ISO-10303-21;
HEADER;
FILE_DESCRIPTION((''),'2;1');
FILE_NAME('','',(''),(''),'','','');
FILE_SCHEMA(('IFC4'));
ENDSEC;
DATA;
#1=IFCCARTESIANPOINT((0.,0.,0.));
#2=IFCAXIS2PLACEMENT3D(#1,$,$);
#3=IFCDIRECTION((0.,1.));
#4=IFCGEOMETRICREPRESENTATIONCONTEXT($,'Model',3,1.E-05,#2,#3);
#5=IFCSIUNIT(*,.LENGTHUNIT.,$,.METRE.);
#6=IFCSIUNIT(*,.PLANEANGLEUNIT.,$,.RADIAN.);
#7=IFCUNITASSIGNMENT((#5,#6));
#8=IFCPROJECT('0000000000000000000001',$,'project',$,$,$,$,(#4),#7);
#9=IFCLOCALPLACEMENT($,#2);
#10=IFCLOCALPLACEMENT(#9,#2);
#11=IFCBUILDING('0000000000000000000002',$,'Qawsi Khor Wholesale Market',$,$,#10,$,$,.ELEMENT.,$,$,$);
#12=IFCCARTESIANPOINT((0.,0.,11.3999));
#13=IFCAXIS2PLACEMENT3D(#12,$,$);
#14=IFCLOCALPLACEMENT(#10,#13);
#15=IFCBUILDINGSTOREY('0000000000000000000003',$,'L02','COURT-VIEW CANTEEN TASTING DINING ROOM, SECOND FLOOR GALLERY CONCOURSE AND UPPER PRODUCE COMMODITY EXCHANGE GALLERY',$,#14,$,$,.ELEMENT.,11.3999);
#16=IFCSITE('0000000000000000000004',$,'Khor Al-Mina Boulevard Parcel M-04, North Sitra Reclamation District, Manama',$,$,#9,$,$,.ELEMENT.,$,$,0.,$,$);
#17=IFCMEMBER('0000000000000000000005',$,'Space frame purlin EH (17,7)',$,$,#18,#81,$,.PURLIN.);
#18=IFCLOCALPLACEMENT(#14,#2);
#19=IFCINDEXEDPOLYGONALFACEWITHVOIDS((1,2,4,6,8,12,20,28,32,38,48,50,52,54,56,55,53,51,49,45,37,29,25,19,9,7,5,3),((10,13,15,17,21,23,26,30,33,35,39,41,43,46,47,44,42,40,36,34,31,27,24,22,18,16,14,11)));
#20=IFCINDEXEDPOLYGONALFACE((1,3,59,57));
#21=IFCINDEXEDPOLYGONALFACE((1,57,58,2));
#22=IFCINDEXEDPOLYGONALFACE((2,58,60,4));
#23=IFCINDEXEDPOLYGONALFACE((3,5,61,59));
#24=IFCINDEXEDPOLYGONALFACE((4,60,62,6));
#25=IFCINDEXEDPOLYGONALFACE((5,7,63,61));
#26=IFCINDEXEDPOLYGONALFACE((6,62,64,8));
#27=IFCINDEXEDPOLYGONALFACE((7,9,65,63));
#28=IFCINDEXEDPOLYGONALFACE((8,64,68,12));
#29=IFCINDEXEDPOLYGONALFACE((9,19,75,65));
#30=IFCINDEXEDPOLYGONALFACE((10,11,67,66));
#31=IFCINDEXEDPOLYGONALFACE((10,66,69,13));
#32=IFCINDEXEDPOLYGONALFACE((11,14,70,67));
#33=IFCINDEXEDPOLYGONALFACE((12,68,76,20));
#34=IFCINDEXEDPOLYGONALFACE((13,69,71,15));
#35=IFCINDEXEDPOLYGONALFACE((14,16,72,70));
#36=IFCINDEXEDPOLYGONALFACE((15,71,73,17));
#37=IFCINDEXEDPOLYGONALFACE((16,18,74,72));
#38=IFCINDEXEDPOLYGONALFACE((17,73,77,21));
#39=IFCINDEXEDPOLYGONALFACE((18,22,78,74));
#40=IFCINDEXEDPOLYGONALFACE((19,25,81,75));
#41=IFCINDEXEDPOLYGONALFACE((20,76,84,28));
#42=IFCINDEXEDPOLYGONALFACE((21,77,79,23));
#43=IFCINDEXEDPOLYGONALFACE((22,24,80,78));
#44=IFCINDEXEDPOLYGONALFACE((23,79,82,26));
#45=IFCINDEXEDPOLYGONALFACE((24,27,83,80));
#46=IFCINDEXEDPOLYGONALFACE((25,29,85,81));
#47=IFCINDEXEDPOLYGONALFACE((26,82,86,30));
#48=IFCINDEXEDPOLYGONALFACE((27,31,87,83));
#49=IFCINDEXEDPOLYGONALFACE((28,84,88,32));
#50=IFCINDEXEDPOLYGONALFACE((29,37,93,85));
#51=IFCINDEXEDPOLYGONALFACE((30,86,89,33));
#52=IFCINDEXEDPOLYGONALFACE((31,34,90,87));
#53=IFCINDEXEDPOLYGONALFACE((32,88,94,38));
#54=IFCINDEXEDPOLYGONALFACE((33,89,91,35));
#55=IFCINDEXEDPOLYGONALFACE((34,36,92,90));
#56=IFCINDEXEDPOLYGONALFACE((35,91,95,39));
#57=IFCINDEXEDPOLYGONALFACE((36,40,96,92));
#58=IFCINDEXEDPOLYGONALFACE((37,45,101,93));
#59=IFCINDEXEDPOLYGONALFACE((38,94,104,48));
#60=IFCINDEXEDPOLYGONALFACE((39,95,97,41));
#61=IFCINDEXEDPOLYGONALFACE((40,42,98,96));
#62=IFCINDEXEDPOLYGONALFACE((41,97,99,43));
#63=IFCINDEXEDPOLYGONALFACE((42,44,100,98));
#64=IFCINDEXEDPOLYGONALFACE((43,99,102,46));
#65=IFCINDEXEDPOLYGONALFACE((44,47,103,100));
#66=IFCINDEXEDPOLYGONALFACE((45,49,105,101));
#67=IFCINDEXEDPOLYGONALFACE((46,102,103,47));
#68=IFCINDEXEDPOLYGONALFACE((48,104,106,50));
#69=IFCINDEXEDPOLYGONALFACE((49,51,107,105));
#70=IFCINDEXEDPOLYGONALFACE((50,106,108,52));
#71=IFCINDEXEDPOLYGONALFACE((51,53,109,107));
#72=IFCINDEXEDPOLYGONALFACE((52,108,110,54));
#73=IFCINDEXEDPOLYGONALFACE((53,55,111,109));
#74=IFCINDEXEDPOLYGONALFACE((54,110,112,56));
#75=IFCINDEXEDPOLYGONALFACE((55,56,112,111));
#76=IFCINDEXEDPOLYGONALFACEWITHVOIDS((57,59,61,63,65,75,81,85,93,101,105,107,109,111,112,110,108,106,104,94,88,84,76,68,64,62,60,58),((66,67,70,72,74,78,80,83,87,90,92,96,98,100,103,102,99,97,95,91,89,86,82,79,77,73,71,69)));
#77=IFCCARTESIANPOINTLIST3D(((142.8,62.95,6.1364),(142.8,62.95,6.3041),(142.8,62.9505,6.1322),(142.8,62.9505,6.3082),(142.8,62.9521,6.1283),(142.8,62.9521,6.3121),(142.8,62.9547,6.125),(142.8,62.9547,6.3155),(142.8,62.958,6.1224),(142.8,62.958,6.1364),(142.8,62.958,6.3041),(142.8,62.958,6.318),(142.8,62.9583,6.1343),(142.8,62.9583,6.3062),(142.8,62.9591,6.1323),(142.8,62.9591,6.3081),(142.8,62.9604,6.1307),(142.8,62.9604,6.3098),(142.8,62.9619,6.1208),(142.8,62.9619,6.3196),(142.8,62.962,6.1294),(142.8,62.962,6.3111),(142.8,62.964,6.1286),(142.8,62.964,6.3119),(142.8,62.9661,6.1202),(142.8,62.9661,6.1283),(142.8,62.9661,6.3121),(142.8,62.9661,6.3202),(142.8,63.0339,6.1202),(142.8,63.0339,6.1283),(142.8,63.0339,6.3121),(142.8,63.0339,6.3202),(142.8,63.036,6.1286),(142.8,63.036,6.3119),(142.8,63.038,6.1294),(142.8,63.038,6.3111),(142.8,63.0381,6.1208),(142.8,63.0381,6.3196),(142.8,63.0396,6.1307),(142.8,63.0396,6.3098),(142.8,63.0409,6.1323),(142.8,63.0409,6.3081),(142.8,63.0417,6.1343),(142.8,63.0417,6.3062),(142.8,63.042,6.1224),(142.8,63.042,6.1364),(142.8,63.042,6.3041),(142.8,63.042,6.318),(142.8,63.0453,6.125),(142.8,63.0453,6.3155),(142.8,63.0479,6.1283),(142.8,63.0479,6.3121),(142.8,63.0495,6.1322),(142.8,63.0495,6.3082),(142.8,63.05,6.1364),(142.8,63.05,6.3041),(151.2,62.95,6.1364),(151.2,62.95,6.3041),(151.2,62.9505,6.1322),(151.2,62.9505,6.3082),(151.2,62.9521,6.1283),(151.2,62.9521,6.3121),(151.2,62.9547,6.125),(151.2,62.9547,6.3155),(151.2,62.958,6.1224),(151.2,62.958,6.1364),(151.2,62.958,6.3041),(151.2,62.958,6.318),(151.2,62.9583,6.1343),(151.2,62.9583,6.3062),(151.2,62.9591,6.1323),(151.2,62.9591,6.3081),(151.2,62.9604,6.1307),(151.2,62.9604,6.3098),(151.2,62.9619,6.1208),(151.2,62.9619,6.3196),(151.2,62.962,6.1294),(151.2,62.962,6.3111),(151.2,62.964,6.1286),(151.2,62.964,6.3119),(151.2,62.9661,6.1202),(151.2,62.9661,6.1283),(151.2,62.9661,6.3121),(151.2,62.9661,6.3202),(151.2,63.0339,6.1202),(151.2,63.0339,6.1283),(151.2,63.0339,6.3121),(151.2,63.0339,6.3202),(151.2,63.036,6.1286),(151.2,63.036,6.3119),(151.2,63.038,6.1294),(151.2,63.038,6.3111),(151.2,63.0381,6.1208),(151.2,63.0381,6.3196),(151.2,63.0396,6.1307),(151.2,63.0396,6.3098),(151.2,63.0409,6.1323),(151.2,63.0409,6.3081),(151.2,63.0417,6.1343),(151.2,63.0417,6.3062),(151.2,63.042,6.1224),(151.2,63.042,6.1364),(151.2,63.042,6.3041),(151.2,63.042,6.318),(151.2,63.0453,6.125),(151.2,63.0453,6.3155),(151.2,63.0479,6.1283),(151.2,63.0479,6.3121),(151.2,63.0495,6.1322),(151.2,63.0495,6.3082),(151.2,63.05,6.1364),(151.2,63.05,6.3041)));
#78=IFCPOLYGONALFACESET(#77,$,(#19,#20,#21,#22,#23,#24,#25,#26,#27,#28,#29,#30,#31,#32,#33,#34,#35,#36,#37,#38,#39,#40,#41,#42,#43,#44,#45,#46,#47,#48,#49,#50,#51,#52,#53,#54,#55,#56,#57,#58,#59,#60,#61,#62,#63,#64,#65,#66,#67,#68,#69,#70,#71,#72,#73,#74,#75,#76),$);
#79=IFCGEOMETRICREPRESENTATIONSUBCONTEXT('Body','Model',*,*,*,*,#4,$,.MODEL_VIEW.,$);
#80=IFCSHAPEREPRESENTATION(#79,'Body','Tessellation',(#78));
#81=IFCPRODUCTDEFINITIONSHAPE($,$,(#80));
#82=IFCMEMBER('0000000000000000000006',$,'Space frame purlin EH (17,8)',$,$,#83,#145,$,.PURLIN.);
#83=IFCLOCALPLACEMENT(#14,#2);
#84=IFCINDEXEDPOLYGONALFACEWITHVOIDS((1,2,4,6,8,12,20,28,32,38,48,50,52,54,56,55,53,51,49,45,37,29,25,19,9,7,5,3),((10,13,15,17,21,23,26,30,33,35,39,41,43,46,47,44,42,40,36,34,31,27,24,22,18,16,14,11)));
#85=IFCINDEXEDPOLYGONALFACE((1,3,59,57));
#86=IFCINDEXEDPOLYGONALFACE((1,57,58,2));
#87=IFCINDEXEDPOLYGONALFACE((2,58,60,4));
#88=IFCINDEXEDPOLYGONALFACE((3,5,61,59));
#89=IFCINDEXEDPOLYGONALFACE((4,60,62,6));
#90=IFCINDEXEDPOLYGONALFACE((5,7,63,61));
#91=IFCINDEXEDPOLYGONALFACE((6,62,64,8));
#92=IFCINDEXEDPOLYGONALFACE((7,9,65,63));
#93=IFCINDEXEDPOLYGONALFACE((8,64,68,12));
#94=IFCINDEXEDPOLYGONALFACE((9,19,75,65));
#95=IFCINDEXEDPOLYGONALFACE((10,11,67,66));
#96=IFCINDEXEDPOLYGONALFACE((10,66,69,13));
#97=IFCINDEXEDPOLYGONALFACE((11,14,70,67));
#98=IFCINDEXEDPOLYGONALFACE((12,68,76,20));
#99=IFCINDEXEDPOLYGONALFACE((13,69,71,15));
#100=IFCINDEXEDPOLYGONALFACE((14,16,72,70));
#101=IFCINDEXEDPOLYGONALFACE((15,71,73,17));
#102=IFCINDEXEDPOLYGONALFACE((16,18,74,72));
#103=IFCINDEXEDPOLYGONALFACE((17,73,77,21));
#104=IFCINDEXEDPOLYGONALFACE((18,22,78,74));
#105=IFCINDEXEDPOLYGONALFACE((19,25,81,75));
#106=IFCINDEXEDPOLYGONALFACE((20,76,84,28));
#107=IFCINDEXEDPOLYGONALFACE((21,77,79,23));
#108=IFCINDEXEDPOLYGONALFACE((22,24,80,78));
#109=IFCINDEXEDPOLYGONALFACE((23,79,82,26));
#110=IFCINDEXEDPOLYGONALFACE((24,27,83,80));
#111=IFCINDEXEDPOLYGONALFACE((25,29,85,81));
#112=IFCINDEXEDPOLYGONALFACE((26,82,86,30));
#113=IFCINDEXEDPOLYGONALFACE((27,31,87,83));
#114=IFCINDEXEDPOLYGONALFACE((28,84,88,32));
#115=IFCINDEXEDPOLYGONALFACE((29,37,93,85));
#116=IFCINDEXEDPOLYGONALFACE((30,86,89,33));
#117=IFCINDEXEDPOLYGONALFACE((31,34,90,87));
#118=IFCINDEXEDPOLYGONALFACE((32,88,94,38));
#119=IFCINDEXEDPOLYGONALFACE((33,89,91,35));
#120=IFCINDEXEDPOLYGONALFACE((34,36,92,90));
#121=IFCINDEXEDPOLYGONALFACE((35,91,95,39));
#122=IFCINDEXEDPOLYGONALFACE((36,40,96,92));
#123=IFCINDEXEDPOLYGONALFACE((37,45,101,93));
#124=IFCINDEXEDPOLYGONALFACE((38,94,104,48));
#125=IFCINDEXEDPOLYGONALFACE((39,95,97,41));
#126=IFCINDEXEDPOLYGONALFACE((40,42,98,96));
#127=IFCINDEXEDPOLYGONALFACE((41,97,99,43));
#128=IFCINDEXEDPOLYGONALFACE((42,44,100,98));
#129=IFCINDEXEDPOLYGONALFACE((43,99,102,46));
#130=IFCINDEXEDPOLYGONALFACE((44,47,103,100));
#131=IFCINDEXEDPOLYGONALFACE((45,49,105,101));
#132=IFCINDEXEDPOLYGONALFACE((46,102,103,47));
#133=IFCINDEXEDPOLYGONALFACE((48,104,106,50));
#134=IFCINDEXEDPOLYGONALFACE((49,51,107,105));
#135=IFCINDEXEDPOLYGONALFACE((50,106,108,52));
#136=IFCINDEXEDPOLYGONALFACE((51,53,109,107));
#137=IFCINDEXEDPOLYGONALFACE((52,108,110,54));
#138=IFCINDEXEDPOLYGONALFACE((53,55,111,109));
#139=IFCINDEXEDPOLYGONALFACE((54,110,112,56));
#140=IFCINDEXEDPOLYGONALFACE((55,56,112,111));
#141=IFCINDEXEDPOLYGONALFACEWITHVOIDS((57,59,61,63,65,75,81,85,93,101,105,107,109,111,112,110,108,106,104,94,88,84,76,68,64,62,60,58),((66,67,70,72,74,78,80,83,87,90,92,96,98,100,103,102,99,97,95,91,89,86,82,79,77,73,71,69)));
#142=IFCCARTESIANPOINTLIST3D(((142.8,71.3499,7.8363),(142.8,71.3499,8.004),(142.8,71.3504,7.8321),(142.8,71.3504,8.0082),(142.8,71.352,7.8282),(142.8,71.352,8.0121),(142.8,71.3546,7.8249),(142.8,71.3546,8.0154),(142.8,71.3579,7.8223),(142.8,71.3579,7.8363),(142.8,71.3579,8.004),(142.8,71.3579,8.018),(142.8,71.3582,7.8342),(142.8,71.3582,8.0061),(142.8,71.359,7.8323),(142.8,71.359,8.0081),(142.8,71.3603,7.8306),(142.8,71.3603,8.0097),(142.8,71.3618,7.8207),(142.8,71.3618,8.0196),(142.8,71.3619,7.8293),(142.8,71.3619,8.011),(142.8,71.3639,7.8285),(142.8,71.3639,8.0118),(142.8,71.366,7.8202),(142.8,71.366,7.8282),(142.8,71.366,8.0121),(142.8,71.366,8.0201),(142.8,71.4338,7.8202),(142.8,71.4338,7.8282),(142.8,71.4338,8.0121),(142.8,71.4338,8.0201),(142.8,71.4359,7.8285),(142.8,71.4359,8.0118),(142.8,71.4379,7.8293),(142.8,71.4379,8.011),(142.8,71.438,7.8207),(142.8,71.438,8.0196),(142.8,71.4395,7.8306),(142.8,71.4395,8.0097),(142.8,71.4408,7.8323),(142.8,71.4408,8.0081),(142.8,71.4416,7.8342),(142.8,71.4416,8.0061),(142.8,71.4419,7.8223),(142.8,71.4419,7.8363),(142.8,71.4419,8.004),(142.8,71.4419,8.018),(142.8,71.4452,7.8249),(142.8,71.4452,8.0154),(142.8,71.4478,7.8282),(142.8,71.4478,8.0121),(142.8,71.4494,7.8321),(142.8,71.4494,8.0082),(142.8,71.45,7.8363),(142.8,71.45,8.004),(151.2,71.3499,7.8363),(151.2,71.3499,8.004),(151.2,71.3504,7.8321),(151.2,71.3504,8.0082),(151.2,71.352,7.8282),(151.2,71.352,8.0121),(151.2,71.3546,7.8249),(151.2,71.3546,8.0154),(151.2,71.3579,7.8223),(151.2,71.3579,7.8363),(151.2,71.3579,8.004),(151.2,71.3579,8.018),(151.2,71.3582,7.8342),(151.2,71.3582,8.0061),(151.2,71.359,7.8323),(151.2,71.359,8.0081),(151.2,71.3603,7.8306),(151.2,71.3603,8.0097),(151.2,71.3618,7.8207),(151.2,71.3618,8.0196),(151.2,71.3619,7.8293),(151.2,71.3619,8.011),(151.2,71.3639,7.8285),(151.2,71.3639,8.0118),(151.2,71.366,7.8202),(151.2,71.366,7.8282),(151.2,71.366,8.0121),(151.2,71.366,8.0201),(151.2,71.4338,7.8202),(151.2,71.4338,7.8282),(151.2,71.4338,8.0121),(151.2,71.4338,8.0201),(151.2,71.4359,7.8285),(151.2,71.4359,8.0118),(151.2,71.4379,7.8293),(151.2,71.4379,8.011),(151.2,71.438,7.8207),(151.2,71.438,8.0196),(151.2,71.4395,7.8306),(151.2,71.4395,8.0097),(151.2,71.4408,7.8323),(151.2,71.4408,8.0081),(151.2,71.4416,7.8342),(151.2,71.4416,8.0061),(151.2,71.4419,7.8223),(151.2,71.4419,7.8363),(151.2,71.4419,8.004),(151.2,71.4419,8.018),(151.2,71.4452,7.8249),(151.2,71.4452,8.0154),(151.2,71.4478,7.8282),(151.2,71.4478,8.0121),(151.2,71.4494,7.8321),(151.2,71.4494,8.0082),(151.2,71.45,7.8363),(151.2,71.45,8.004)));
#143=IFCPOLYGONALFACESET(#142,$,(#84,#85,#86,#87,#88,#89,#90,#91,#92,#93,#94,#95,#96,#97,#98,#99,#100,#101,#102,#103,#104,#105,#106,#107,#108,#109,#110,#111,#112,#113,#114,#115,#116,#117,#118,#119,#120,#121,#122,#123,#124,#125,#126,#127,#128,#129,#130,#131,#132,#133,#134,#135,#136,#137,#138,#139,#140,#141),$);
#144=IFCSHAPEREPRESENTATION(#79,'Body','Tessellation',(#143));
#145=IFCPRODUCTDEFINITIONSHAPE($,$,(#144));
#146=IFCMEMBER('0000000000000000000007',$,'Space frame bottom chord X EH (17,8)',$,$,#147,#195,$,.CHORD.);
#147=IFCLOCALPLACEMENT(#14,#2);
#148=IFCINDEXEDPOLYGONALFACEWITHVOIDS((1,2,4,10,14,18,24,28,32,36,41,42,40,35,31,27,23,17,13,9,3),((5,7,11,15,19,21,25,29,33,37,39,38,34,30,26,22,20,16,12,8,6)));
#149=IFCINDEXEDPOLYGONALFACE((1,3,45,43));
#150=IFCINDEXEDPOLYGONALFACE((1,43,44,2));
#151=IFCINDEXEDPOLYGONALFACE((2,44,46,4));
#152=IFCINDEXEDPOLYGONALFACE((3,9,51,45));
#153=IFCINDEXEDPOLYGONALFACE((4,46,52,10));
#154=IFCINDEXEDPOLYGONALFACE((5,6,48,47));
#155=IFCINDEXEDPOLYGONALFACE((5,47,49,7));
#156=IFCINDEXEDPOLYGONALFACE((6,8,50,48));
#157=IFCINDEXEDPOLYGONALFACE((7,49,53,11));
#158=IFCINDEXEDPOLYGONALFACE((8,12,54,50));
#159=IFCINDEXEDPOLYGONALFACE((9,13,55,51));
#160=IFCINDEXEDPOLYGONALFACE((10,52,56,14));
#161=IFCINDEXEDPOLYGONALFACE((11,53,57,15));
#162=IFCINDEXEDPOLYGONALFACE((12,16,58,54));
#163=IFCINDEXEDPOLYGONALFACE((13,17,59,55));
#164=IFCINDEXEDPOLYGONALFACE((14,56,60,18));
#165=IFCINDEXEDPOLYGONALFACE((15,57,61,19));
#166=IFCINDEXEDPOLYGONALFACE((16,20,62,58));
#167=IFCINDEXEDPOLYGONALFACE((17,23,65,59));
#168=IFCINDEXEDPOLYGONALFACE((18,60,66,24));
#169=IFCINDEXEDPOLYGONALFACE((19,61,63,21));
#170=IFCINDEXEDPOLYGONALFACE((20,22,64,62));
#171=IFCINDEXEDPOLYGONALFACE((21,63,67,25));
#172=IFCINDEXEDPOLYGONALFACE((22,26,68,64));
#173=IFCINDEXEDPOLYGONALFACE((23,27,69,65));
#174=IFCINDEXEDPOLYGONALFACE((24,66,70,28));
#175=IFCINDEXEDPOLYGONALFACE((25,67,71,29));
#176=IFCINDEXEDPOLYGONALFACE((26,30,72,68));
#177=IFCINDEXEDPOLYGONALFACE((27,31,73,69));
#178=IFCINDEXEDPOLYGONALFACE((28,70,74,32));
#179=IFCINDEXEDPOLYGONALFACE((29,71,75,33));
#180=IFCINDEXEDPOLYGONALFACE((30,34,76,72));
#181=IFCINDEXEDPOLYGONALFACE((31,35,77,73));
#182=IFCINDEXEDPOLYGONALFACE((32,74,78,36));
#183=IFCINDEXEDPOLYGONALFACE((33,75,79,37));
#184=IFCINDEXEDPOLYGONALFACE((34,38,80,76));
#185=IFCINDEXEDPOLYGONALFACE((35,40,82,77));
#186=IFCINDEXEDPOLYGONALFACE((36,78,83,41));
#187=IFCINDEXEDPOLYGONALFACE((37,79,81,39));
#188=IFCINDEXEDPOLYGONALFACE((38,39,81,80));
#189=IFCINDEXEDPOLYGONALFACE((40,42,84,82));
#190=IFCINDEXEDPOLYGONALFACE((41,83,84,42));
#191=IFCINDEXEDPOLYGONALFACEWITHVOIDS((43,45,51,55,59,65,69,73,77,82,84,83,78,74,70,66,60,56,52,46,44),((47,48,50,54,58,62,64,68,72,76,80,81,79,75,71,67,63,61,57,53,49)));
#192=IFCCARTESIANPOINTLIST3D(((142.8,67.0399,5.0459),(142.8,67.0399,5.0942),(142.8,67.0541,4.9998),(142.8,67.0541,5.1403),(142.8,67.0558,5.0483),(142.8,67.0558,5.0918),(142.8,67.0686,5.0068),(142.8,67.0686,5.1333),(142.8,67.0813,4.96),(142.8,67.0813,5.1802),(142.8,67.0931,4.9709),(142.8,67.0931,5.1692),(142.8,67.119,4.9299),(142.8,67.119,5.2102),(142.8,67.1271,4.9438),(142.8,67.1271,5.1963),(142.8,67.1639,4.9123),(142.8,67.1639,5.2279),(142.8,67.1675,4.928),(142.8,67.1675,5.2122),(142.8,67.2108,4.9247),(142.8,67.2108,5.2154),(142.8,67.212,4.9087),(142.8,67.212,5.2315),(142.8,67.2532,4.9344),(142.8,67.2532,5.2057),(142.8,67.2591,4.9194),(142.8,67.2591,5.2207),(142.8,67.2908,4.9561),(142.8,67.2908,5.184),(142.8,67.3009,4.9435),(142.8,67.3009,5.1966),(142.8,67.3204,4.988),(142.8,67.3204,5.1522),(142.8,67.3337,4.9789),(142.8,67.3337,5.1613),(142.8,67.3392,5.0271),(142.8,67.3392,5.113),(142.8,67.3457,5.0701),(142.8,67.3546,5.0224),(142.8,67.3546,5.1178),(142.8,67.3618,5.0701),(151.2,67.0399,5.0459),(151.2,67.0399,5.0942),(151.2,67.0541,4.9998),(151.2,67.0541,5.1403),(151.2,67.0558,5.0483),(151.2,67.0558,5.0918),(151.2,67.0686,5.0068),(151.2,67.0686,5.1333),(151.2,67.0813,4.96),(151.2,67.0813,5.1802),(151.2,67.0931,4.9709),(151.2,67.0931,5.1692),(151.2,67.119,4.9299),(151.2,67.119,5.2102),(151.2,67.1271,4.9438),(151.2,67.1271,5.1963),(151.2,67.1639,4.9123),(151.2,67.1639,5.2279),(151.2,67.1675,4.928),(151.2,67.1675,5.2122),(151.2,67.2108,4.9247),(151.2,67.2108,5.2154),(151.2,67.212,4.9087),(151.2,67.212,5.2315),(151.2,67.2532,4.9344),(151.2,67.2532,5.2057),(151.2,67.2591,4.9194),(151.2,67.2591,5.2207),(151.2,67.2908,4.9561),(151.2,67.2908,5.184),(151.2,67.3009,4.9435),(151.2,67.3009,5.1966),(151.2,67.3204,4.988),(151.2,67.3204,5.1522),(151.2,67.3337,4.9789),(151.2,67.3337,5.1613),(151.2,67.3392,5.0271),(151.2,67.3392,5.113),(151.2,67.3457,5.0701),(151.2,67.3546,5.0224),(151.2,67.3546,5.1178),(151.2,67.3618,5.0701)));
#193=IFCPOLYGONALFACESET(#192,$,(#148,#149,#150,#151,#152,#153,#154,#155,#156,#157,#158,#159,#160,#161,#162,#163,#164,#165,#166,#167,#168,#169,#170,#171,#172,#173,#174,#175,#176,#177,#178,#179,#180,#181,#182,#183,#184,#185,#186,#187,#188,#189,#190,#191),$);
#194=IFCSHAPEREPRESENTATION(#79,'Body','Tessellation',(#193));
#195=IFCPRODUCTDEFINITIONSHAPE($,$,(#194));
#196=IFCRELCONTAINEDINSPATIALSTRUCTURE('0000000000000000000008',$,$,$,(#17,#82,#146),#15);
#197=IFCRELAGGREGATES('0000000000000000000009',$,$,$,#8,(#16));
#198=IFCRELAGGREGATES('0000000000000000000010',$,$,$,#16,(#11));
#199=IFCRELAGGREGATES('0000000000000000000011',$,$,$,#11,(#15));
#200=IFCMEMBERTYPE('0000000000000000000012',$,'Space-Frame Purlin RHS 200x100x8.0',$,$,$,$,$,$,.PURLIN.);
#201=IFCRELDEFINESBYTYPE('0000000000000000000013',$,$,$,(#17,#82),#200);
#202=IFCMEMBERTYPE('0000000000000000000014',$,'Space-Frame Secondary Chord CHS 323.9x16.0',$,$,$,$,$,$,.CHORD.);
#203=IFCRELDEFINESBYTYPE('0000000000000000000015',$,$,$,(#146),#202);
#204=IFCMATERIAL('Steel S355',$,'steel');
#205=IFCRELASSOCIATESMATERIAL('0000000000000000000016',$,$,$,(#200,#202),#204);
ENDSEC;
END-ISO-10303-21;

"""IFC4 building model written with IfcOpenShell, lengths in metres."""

from ifc_helpers import new_model, si_unit, direction, frame, origin, origin_2d, place, context, subcontext, project, spatial, hollow_rectangle, hollow_circle, extrude, material, material_profile, profile_set, type_object, element, save


model = new_model("IFC4")

# Units and contexts
model_context = context("Model", 3, precision=1e-05, world=origin(), true_north=direction((0.0, 1.0)))
body_context = subcontext(model_context, "Body", "Model", "MODEL_VIEW")
ifc_project = project(units=[si_unit("LENGTHUNIT", "METRE"), si_unit("PLANEANGLEUNIT", "RADIAN")], contexts=[model_context])

# Site, building, storey
site_placement = place(None, origin())
site = spatial("IfcSite", under=ifc_project, at=site_placement, Name="Khor Al-Mina Boulevard Parcel M-04, North Sitra Reclamation District, Manama", CompositionType="ELEMENT", RefElevation=0.0)
building_placement = place(site_placement, origin())
building = spatial("IfcBuilding", under=site, at=building_placement, Name="Qawsi Khor Wholesale Market", CompositionType="ELEMENT")
storey_placement = place(building_placement, frame((0.0, 0.0, 11.3999)))
storey = spatial("IfcBuildingStorey", under=building, at=storey_placement, Name="L02", Description="COURT-VIEW CANTEEN TASTING DINING ROOM, SECOND FLOOR GALLERY CONCOURSE AND UPPER PRODUCE COMMODITY EXCHANGE GALLERY", CompositionType="ELEMENT", Elevation=11.3999)

# Members
ifc_material_1 = material(Name="Steel S355", Category="steel")
ifc_material_profile_1 = material_profile(ifc_material_1, hollow_rectangle(XDim=0.1001, YDim=0.2, WallThickness=0.0081, InnerFilletRadius=0.0081, OuterFilletRadius=0.0161, at=origin_2d()), Name="RHS 200x100x8.0")
ifc_profile_set_1 = profile_set([ifc_material_profile_1], Name="Steel S355")
member_type_1 = type_object("IfcMemberType", Name="Space-Frame Purlin RHS 200x100x8.0", PredefinedType="PURLIN", material=ifc_profile_set_1)
for number, where, z_axis, x_axis, name in (
    (1, (142.8, 63.0, 6.2202), (1.0, 0.0, 0.0), (0.0, 1.0, 0.0), "Space frame purlin EH (17,7)"),
    (2, (142.8, 71.3999, 7.9202), (1.0, 0.0, 0.0), (0.0, 1.0, 0.0), "Space frame purlin EH (17,8)"),
):
    element("IfcMember", number, at=place(storey_placement, frame(where, z_axis=z_axis, x_axis=x_axis)), inside=storey, type_object=member_type_1, Name=name, PredefinedType="PURLIN", context=body_context, shape_type="SweptSolid", body=[
        extrude(hollow_rectangle(XDim=0.1001, YDim=0.2, WallThickness=0.0081, InnerFilletRadius=0.0081, OuterFilletRadius=0.0161, at=origin_2d()), origin(), (0.0, 0.0, 1.0), 8.3999),
    ])
ifc_material_profile_2 = material_profile(ifc_material_1, hollow_circle(Radius=0.1619, WallThickness=0.0161, at=origin_2d()), Name="CHS 323.9x16.0")
ifc_profile_set_2 = profile_set([ifc_material_profile_2], Name="Steel S355")
member_type_2 = type_object("IfcMemberType", Name="Space-Frame Secondary Chord CHS 323.9x16.0", PredefinedType="CHORD", material=ifc_profile_set_2)
member_1_placement = place(storey_placement, frame((142.8, 67.2, 5.0701), z_axis=(1.0, 0.0, 0.0), x_axis=(0.0, 1.0, 0.0)))
element("IfcMember", 3, at=member_1_placement, inside=storey, type_object=member_type_2, Name="Space frame bottom chord X EH (17,8)", PredefinedType="CHORD", context=body_context, shape_type="SweptSolid", body=[
    extrude(hollow_circle(Radius=0.1619, WallThickness=0.0161, at=origin_2d()), origin(), (0.0, 0.0, 1.0), 8.3999),
])

save(model, "model.ifc")
